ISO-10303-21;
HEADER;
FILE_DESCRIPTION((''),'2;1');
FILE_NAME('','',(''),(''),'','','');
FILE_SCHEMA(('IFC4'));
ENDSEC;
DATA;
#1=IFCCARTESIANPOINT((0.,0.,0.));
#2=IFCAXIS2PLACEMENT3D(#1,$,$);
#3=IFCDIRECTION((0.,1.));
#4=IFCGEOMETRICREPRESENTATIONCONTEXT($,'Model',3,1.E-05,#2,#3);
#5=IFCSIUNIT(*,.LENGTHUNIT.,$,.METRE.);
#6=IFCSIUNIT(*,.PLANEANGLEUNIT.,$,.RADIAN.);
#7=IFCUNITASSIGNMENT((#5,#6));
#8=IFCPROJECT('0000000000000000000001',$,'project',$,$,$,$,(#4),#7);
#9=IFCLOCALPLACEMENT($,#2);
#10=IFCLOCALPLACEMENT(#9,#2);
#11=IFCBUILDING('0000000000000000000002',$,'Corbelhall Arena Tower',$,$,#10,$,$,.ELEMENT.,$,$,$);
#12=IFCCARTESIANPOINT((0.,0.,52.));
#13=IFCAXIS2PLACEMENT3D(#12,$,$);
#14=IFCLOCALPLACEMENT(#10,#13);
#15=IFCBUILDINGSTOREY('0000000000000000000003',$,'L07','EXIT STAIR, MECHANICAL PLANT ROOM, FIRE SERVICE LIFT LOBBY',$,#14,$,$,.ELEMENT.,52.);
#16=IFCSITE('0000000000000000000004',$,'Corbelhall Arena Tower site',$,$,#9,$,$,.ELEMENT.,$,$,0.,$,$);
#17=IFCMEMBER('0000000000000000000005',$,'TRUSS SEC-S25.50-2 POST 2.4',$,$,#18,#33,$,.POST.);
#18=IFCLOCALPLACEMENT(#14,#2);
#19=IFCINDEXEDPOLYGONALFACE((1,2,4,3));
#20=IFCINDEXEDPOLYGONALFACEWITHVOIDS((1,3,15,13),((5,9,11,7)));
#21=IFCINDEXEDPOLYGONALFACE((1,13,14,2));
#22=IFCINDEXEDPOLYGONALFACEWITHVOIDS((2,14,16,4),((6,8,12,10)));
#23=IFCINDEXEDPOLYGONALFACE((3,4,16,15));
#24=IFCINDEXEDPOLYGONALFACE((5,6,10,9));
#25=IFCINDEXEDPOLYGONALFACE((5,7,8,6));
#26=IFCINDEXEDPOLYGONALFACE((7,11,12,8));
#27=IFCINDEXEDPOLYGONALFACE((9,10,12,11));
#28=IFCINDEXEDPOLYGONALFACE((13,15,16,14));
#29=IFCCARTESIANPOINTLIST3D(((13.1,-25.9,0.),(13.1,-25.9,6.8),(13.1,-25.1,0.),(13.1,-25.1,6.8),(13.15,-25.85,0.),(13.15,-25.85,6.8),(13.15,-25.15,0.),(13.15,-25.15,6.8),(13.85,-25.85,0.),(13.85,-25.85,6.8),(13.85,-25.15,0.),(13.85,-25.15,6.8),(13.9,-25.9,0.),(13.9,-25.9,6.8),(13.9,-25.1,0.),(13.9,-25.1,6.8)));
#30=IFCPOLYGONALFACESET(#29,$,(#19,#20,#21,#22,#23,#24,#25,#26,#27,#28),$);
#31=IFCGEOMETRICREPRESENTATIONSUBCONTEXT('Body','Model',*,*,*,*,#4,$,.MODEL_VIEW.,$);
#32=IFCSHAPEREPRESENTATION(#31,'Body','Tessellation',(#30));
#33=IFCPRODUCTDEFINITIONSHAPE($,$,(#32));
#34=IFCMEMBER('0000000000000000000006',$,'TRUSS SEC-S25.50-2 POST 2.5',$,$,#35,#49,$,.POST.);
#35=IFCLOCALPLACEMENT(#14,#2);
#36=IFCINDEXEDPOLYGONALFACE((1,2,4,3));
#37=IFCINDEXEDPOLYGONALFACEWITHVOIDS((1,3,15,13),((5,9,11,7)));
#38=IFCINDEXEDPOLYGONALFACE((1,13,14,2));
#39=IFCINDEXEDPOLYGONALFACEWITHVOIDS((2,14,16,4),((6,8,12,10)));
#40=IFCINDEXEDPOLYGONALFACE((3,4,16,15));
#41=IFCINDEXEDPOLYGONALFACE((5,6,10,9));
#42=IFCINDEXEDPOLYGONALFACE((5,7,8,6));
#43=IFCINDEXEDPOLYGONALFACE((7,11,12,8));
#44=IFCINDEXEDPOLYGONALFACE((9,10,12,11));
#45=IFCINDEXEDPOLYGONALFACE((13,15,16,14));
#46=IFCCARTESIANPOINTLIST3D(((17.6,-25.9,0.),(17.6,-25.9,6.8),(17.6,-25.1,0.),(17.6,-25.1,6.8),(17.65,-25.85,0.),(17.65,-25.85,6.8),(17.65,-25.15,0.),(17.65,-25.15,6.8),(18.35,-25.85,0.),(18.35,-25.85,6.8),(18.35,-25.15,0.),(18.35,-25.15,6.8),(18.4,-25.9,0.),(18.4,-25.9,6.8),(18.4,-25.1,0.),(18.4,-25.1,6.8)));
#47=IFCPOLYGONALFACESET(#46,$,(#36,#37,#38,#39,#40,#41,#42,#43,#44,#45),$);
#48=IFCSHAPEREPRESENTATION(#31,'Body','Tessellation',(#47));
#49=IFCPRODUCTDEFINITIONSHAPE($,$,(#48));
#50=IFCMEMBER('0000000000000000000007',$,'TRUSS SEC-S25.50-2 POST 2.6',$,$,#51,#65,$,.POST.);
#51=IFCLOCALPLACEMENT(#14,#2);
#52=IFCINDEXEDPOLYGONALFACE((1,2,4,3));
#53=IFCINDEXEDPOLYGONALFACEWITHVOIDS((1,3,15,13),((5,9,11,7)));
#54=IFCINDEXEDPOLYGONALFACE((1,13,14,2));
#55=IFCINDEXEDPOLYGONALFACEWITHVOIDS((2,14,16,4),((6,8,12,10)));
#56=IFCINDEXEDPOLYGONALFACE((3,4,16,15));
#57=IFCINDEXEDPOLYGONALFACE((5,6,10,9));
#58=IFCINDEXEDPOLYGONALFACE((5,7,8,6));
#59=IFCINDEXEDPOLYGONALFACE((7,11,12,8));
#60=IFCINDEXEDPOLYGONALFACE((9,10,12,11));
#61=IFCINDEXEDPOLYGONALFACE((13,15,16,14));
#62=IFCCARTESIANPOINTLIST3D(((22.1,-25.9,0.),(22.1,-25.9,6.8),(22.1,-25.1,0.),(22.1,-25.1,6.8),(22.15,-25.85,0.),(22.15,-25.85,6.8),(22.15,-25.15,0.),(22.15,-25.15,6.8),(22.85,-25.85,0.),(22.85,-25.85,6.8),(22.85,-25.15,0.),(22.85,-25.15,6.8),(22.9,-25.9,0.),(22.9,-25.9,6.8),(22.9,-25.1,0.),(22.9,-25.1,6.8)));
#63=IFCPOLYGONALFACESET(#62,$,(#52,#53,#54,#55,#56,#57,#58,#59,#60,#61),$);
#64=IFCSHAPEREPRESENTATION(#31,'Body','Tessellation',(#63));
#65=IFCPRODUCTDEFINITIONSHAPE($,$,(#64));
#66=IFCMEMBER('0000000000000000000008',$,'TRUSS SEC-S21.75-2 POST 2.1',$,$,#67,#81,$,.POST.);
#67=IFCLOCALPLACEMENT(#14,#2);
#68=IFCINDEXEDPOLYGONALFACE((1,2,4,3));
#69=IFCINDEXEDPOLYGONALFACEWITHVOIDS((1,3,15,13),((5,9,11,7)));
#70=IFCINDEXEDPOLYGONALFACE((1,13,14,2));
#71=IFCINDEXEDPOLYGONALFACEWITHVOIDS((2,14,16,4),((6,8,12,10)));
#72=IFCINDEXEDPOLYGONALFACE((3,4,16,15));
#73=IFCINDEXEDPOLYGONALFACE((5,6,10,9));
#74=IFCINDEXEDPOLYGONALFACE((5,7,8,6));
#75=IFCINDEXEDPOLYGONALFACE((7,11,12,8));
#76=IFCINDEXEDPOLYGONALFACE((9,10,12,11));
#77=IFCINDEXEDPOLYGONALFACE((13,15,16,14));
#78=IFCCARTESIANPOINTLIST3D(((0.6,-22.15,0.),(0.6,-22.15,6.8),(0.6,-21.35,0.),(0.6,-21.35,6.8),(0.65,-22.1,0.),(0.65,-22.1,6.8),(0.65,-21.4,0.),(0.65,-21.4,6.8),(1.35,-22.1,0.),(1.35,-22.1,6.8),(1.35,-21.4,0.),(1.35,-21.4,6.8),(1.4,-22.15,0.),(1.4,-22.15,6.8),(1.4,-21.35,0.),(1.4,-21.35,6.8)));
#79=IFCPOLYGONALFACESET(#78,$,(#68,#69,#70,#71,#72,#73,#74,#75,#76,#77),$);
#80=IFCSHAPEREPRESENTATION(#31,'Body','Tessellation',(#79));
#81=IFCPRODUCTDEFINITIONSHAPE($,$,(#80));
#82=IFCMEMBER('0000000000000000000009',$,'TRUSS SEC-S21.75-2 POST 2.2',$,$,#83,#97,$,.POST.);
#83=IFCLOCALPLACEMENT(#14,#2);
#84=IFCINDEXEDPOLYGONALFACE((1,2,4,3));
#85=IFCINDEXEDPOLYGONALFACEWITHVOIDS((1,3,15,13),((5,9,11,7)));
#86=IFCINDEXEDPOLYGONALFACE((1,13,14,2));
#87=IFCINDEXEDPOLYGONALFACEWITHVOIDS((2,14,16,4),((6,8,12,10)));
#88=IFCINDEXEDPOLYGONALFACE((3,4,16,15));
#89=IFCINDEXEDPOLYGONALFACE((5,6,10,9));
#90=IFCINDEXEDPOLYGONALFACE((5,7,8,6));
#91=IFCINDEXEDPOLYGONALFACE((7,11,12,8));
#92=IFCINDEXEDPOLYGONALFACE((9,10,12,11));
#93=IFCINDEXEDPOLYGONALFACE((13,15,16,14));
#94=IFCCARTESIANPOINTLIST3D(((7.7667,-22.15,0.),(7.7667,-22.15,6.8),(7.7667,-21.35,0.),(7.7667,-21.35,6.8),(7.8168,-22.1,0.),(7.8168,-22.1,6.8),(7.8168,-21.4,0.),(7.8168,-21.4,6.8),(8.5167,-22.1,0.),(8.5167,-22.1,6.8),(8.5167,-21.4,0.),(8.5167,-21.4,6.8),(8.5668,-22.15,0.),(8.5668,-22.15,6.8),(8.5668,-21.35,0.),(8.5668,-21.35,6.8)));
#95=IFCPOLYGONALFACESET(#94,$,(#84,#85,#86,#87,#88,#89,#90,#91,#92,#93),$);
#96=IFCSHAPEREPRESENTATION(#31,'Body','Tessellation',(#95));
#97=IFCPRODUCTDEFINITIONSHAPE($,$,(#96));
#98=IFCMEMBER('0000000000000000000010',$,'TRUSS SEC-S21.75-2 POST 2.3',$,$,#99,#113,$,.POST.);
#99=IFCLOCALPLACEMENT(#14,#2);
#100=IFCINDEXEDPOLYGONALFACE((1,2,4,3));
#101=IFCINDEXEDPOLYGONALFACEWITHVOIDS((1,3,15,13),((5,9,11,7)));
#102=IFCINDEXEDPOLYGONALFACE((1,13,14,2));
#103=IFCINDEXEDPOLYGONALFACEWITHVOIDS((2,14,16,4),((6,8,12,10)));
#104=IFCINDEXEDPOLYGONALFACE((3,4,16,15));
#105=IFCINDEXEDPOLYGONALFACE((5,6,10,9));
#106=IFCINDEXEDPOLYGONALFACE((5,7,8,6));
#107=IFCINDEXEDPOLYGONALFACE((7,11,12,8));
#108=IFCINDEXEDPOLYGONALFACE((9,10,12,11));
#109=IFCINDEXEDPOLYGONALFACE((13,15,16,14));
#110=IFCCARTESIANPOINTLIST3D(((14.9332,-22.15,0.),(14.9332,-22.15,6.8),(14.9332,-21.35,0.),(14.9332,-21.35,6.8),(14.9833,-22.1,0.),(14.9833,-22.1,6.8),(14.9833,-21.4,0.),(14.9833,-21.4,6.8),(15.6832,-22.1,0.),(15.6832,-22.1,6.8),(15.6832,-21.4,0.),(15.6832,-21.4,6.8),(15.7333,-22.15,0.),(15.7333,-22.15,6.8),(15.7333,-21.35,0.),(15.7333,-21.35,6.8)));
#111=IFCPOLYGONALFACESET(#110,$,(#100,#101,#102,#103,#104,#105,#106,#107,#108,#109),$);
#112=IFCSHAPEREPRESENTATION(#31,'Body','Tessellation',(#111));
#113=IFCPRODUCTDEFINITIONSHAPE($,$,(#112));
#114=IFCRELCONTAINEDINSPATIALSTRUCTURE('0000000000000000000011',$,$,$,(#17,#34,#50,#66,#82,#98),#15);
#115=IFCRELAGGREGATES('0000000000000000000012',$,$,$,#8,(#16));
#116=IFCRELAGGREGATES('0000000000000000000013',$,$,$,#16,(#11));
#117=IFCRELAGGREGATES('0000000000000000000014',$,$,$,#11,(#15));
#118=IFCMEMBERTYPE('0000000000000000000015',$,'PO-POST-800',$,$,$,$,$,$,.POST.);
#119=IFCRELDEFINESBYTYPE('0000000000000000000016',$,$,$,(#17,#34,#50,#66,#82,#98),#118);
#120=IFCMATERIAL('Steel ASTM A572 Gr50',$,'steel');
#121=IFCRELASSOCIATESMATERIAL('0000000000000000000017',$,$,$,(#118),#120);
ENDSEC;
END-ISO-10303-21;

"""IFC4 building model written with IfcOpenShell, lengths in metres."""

from ifc_helpers import new_model, si_unit, direction, frame, origin, origin_2d, place, context, subcontext, project, spatial, hollow_rectangle, extrude, material, material_profile, profile_set, type_object, element, save


model = new_model("IFC4")

# Units and contexts
model_context = context("Model", 3, precision=1e-05, world=origin(), true_north=direction((0.0, 1.0)))
body_context = subcontext(model_context, "Body", "Model", "MODEL_VIEW")
ifc_project = project(units=[si_unit("LENGTHUNIT", "METRE"), si_unit("PLANEANGLEUNIT", "RADIAN")], contexts=[model_context])

# Site, building, storey
site_placement = place(None, origin())
site = spatial("IfcSite", under=ifc_project, at=site_placement, Name="Corbelhall Arena Tower site", CompositionType="ELEMENT", RefElevation=0.0)
building_placement = place(site_placement, origin())
building = spatial("IfcBuilding", under=site, at=building_placement, Name="Corbelhall Arena Tower", CompositionType="ELEMENT")
storey_placement = place(building_placement, frame((0.0, 0.0, 52.0)))
storey = spatial("IfcBuildingStorey", under=building, at=storey_placement, Name="L07", Description="EXIT STAIR, MECHANICAL PLANT ROOM, FIRE SERVICE LIFT LOBBY", CompositionType="ELEMENT", Elevation=52.0)

# Members
ifc_material_1 = material(Name="Steel ASTM A572 Gr50", Category="steel")
ifc_material_profile_1 = material_profile(ifc_material_1, hollow_rectangle(XDim=0.8, YDim=0.8, WallThickness=0.05, at=origin_2d()))
ifc_profile_set_1 = profile_set([ifc_material_profile_1], Name="Steel ASTM A572 Gr50")
member_type_1 = type_object("IfcMemberType", Name="PO-POST-800", PredefinedType="POST", material=ifc_profile_set_1)
for number, where, z_axis, x_axis, name in (
    (1, (13.5, -25.5, 0.0), (0.0, 0.0, 1.0), (1.0, 0.0, 0.0), "TRUSS SEC-S25.50-2 POST 2.4"),
    (2, (18.0, -25.5, 0.0), (0.0, 0.0, 1.0), (1.0, 0.0, 0.0), "TRUSS SEC-S25.50-2 POST 2.5"),
    (3, (22.5, -25.5, 0.0), (0.0, 0.0, 1.0), (1.0, 0.0, 0.0), "TRUSS SEC-S25.50-2 POST 2.6"),
    (4, (1.0, -21.75, 0.0), (0.0, 0.0, 1.0), (1.0, 0.0, 0.0), "TRUSS SEC-S21.75-2 POST 2.1"),
    (5, (8.1667, -21.75, 0.0), (0.0, 0.0, 1.0), (1.0, 0.0, 0.0), "TRUSS SEC-S21.75-2 POST 2.2"),
    (6, (15.3333, -21.75, 0.0), (0.0, 0.0, 1.0), (1.0, 0.0, 0.0), "TRUSS SEC-S21.75-2 POST 2.3"),
):
    element("IfcMember", number, at=place(storey_placement, frame(where, z_axis=z_axis, x_axis=x_axis)), inside=storey, type_object=member_type_1, Name=name, PredefinedType="POST", context=body_context, shape_type="SweptSolid", body=[
        extrude(hollow_rectangle(XDim=0.8, YDim=0.8, WallThickness=0.05, at=origin_2d()), origin(), (0.0, 0.0, 1.0), 6.8),
    ])

save(model, "model.ifc")
